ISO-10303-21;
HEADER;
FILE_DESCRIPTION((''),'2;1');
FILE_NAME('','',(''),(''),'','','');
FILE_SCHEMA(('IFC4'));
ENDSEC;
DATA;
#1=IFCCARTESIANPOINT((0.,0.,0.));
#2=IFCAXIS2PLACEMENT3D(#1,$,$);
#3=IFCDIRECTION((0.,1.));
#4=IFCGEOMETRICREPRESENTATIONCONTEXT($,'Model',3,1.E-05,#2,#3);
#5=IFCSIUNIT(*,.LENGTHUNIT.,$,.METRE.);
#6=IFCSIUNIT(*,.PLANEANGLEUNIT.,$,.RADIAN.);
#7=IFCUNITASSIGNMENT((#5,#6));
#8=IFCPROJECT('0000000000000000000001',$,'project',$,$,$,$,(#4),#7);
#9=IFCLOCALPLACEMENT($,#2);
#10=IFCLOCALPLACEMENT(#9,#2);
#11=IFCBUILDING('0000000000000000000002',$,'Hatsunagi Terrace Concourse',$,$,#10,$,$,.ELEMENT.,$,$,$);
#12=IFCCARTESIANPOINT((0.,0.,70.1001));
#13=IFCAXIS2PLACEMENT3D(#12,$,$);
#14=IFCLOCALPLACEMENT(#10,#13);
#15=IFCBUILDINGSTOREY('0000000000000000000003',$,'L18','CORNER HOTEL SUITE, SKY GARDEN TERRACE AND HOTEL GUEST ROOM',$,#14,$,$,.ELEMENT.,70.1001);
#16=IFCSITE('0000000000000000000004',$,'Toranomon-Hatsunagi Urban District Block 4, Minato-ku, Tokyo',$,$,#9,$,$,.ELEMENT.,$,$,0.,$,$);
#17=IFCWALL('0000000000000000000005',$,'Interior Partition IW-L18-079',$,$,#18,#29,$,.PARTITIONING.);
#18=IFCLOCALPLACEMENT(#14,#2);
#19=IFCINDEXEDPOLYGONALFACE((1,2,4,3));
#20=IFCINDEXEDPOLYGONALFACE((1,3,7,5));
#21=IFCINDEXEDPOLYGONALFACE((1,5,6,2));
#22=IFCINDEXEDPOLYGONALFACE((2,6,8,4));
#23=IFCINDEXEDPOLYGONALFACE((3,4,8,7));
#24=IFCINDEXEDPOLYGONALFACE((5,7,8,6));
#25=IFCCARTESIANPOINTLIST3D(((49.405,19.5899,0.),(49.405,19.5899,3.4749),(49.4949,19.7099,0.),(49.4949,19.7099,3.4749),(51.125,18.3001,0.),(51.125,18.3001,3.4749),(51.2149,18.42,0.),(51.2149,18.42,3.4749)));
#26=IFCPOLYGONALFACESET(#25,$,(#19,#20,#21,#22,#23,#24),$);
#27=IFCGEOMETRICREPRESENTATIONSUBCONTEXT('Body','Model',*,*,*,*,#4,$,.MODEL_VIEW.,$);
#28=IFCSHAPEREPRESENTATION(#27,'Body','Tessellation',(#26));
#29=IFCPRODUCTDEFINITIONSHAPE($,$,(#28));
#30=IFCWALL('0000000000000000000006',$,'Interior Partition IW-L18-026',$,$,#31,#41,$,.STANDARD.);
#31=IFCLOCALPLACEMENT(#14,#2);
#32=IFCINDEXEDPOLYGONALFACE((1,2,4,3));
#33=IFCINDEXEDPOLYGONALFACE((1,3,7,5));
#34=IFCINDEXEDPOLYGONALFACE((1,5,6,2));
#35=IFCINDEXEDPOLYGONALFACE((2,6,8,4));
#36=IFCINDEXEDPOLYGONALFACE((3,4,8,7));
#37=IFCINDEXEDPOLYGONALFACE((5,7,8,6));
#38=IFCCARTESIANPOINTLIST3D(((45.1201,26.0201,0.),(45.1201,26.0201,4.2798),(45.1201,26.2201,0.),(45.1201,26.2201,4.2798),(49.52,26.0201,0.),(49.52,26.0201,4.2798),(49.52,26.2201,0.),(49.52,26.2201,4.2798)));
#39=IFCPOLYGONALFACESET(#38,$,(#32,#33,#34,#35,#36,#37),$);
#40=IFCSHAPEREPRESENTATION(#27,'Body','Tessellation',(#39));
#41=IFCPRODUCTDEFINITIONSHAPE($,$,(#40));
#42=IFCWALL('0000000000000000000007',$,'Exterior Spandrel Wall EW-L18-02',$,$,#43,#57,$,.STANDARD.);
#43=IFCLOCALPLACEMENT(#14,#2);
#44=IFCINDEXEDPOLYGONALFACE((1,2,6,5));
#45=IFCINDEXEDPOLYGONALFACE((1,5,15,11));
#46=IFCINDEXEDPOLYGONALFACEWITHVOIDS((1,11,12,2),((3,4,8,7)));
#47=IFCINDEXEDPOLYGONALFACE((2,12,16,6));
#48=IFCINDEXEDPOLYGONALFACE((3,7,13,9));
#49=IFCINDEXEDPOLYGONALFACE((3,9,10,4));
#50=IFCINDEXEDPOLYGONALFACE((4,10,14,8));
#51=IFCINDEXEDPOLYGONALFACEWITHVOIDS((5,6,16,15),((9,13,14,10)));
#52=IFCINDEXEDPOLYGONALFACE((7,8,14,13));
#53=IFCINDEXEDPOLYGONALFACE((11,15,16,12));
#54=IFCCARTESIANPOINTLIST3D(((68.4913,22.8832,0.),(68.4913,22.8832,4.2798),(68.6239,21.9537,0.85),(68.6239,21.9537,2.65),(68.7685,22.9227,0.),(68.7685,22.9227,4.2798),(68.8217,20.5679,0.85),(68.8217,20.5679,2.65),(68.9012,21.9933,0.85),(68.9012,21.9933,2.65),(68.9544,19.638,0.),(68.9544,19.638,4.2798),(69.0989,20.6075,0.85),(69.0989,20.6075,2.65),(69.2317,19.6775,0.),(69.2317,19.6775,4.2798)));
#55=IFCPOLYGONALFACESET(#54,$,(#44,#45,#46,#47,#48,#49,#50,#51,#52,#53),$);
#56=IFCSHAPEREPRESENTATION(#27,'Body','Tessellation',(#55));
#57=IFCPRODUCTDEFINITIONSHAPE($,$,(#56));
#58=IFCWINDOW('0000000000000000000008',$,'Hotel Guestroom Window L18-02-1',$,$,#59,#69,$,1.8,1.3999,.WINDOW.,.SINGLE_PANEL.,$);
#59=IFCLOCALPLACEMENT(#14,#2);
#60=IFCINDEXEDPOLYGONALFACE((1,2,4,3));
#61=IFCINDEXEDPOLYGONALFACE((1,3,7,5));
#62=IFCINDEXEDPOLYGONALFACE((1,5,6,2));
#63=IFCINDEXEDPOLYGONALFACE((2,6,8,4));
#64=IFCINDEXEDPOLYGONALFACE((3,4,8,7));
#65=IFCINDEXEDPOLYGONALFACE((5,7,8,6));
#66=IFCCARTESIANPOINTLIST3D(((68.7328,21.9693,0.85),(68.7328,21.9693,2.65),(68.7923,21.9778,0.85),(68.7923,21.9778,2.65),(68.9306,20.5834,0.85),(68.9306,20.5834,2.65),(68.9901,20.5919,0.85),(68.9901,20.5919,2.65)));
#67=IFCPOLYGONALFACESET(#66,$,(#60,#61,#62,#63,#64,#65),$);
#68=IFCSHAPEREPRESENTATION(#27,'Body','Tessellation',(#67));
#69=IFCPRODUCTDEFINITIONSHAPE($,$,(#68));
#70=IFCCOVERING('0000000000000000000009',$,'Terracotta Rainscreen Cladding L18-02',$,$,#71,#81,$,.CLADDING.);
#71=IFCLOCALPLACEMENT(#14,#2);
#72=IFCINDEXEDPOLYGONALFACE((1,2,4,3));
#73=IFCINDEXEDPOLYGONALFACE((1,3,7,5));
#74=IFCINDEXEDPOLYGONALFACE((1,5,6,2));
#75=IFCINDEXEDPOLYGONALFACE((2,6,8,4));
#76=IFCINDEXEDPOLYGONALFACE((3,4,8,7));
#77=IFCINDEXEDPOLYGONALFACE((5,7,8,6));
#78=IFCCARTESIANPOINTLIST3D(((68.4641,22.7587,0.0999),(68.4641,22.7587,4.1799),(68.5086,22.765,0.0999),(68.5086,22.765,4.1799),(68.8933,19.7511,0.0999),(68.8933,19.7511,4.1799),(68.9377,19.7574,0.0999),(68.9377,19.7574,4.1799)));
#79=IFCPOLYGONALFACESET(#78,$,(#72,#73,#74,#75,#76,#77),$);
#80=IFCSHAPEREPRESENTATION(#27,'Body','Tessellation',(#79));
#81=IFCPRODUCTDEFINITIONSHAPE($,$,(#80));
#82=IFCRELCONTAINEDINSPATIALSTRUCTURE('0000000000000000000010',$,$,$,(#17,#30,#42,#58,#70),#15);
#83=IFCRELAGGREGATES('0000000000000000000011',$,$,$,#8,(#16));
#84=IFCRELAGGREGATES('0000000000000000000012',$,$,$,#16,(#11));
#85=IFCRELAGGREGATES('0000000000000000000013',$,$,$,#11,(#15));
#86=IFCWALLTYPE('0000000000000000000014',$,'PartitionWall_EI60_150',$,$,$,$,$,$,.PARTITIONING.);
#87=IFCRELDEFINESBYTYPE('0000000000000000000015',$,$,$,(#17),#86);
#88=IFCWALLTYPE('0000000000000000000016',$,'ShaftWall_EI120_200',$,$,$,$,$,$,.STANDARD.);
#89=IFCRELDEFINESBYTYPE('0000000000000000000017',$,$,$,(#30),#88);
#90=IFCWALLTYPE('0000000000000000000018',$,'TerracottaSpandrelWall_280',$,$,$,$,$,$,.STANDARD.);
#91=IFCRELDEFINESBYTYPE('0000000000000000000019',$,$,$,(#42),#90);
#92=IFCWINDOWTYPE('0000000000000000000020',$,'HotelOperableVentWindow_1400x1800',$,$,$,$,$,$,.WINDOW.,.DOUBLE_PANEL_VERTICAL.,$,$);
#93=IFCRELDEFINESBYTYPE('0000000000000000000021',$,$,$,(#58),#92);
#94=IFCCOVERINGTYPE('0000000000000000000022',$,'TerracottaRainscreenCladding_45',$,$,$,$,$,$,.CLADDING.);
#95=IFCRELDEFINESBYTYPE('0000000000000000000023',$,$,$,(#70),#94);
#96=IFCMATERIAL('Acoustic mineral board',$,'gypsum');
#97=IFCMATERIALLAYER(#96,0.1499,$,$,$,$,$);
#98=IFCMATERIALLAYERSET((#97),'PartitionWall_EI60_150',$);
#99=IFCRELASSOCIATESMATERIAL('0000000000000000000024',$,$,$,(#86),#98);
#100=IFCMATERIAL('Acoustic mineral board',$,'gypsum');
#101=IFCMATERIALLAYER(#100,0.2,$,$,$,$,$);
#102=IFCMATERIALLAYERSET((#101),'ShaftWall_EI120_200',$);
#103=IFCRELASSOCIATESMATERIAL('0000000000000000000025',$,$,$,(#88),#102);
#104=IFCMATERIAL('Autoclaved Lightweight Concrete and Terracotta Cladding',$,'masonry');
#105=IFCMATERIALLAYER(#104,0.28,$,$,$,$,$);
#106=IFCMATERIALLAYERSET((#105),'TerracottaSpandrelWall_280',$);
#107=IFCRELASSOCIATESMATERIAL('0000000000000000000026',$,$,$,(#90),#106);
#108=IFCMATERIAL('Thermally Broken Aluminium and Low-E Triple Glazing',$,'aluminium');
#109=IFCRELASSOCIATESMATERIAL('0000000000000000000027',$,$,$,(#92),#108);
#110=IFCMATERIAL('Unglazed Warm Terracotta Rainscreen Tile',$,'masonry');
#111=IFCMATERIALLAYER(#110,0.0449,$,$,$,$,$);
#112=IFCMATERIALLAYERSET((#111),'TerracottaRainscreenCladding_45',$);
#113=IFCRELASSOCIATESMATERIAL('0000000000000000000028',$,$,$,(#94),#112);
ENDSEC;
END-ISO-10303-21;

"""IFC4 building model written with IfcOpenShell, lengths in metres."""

from ifc_helpers import new_model, si_unit, direction, frame, frame_2d, origin, origin_2d, place, context, subcontext, project, spatial, rectangle, extrude, material, layer, layer_set, type_object, element, fill, save


model = new_model("IFC4")

# Units and contexts
model_context = context("Model", 3, precision=1e-05, world=origin(), true_north=direction((0.0, 1.0)))
body_context = subcontext(model_context, "Body", "Model", "MODEL_VIEW")
ifc_project = project(units=[si_unit("LENGTHUNIT", "METRE"), si_unit("PLANEANGLEUNIT", "RADIAN")], contexts=[model_context])

# Site, building, storey
site_placement = place(None, origin())
site = spatial("IfcSite", under=ifc_project, at=site_placement, Name="Toranomon-Hatsunagi Urban District Block 4, Minato-ku, Tokyo", CompositionType="ELEMENT", RefElevation=0.0)
building_placement = place(site_placement, origin())
building = spatial("IfcBuilding", under=site, at=building_placement, Name="Hatsunagi Terrace Concourse", CompositionType="ELEMENT")
storey_placement = place(building_placement, frame((0.0, 0.0, 70.1001)))
storey = spatial("IfcBuildingStorey", under=building, at=storey_placement, Name="L18", Description="CORNER HOTEL SUITE, SKY GARDEN TERRACE AND HOTEL GUEST ROOM", CompositionType="ELEMENT", Elevation=70.1001)

# Shared definitions
ifc_material_1 = material(Name="Acoustic mineral board", Category="gypsum")
ifc_layer_1 = layer(ifc_material_1, 0.1499)
ifc_layer_set_1 = layer_set([ifc_layer_1], Name="PartitionWall_EI60_150")
wall_type_1 = type_object("IfcWallType", Name="PartitionWall_EI60_150", PredefinedType="PARTITIONING", material=ifc_layer_set_1)

# Walls
wall_1_placement = place(storey_placement, frame((49.45, 19.6499, 0.0), z_axis=(0.0, 0.0, 1.0), x_axis=(0.800041, -0.599945, 0.0)))
element("IfcWall", 1, at=wall_1_placement, inside=storey, type_object=wall_type_1, Name="Interior Partition IW-L18-079", PredefinedType="PARTITIONING", context=body_context, shape_type="SweptSolid", body=[
    extrude(rectangle(XDim=2.1499, YDim=0.1499, at=frame_2d((1.075, 0.0))), origin(), (0.0, 0.0, 1.0), 3.4749),
])
ifc_material_2 = material(Name="Acoustic mineral board", Category="gypsum")
ifc_layer_2 = layer(ifc_material_2, 0.2)
ifc_layer_set_2 = layer_set([ifc_layer_2], Name="ShaftWall_EI120_200")
wall_type_2 = type_object("IfcWallType", Name="ShaftWall_EI120_200", PredefinedType="STANDARD", material=ifc_layer_set_2)
wall_2_placement = place(storey_placement, frame((45.1201, 26.1201, 0.0), z_axis=(0.0, 0.0, 1.0), x_axis=(1.0, 0.0, 0.0)))
element("IfcWall", 2, at=wall_2_placement, inside=storey, type_object=wall_type_2, Name="Interior Partition IW-L18-026", PredefinedType="STANDARD", context=body_context, shape_type="SweptSolid", body=[
    extrude(rectangle(XDim=4.3999, YDim=0.2, at=frame_2d((2.2, 0.0))), origin(), (0.0, 0.0, 1.0), 4.2798),
])

# Wall, opening, window
ifc_material_3 = material(Name="Autoclaved Lightweight Concrete and Terracotta Cladding", Category="masonry")
ifc_layer_3 = layer(ifc_material_3, 0.28)
ifc_layer_set_3 = layer_set([ifc_layer_3], Name="TerracottaSpandrelWall_280")
wall_type_3 = type_object("IfcWallType", Name="TerracottaSpandrelWall_280", PredefinedType="STANDARD", material=ifc_layer_set_3)
wall_3_placement = place(storey_placement, frame((68.6299, 22.9031, 0.0), z_axis=(0.0, 0.0, 1.0), x_axis=(0.141286, -0.989969, 0.0)))
wall_3 = element("IfcWall", 3, at=wall_3_placement, inside=storey, type_object=wall_type_3, Name="Exterior Spandrel Wall EW-L18-02", PredefinedType="STANDARD", context=body_context, shape_type="SweptSolid", body=[
    extrude(rectangle(XDim=3.2781, YDim=0.28, at=frame_2d((1.6392, 0.0))), origin(), (0.0, 0.0, 1.0), 4.2798),
])
opening_1_placement = place(wall_3_placement, frame((0.939, 0.0, 0.8501)))
opening_1 = element("IfcOpeningElement", 4, at=opening_1_placement, cuts=wall_3, PredefinedType="OPENING", context=body_context, shape_type="SweptSolid", body=[
    extrude(rectangle(XDim=1.3999, YDim=1.8, at=frame_2d((0.7, 0.8999))), frame((0.0, 0.1499, 0.0), z_axis=(0.0, -1.0, 0.0), x_axis=(1.0, 0.0, 0.0)), (0.0, 0.0, 1.0), 0.3),
])
ifc_material_4 = material(Name="Thermally Broken Aluminium and Low-E Triple Glazing", Category="aluminium")
window_type = type_object("IfcWindowType", Name="HotelOperableVentWindow_1400x1800", PartitioningType="DOUBLE_PANEL_VERTICAL", PredefinedType="WINDOW", material=ifc_material_4)
window_placement = place(opening_1_placement, origin())
window = element("IfcWindow", 5, at=window_placement, inside=storey, type_object=window_type, Name="Hotel Guestroom Window L18-02-1", OverallHeight=1.8, OverallWidth=1.3999, PartitioningType="SINGLE_PANEL", PredefinedType="WINDOW", context=body_context, shape_type="SweptSolid", body=[
    extrude(rectangle(XDim=1.3999, YDim=1.8, at=frame_2d((0.7, 0.8999))), frame((0.0, 0.03, 0.0), z_axis=(0.0, -1.0, 0.0), x_axis=(1.0, 0.0, 0.0)), (0.0, 0.0, 1.0), 0.0601),
])
fill(opening_1, window)

# Covering
ifc_material_5 = material(Name="Unglazed Warm Terracotta Rainscreen Tile", Category="masonry")
ifc_layer_4 = layer(ifc_material_5, 0.0449)
ifc_layer_set_4 = layer_set([ifc_layer_4], Name="TerracottaRainscreenCladding_45")
covering_type = type_object("IfcCoveringType", Name="TerracottaRainscreenCladding_45", PredefinedType="CLADDING", material=ifc_layer_set_4)
covering_placement = place(storey_placement, frame((68.7009, 21.2581, 0.0999), z_axis=(0.0, 0.0, 1.0), x_axis=(0.14125, -0.989974, 0.0)))
element("IfcCovering", 6, at=covering_placement, inside=storey, type_object=covering_type, Name="Terracotta Rainscreen Cladding L18-02", PredefinedType="CLADDING", context=body_context, shape_type="SweptSolid", body=[
    extrude(rectangle(XDim=3.0381, YDim=0.0449, at=origin_2d()), origin(), (0.0, 0.0, 1.0), 4.0801),
])

save(model, "model.ifc")
